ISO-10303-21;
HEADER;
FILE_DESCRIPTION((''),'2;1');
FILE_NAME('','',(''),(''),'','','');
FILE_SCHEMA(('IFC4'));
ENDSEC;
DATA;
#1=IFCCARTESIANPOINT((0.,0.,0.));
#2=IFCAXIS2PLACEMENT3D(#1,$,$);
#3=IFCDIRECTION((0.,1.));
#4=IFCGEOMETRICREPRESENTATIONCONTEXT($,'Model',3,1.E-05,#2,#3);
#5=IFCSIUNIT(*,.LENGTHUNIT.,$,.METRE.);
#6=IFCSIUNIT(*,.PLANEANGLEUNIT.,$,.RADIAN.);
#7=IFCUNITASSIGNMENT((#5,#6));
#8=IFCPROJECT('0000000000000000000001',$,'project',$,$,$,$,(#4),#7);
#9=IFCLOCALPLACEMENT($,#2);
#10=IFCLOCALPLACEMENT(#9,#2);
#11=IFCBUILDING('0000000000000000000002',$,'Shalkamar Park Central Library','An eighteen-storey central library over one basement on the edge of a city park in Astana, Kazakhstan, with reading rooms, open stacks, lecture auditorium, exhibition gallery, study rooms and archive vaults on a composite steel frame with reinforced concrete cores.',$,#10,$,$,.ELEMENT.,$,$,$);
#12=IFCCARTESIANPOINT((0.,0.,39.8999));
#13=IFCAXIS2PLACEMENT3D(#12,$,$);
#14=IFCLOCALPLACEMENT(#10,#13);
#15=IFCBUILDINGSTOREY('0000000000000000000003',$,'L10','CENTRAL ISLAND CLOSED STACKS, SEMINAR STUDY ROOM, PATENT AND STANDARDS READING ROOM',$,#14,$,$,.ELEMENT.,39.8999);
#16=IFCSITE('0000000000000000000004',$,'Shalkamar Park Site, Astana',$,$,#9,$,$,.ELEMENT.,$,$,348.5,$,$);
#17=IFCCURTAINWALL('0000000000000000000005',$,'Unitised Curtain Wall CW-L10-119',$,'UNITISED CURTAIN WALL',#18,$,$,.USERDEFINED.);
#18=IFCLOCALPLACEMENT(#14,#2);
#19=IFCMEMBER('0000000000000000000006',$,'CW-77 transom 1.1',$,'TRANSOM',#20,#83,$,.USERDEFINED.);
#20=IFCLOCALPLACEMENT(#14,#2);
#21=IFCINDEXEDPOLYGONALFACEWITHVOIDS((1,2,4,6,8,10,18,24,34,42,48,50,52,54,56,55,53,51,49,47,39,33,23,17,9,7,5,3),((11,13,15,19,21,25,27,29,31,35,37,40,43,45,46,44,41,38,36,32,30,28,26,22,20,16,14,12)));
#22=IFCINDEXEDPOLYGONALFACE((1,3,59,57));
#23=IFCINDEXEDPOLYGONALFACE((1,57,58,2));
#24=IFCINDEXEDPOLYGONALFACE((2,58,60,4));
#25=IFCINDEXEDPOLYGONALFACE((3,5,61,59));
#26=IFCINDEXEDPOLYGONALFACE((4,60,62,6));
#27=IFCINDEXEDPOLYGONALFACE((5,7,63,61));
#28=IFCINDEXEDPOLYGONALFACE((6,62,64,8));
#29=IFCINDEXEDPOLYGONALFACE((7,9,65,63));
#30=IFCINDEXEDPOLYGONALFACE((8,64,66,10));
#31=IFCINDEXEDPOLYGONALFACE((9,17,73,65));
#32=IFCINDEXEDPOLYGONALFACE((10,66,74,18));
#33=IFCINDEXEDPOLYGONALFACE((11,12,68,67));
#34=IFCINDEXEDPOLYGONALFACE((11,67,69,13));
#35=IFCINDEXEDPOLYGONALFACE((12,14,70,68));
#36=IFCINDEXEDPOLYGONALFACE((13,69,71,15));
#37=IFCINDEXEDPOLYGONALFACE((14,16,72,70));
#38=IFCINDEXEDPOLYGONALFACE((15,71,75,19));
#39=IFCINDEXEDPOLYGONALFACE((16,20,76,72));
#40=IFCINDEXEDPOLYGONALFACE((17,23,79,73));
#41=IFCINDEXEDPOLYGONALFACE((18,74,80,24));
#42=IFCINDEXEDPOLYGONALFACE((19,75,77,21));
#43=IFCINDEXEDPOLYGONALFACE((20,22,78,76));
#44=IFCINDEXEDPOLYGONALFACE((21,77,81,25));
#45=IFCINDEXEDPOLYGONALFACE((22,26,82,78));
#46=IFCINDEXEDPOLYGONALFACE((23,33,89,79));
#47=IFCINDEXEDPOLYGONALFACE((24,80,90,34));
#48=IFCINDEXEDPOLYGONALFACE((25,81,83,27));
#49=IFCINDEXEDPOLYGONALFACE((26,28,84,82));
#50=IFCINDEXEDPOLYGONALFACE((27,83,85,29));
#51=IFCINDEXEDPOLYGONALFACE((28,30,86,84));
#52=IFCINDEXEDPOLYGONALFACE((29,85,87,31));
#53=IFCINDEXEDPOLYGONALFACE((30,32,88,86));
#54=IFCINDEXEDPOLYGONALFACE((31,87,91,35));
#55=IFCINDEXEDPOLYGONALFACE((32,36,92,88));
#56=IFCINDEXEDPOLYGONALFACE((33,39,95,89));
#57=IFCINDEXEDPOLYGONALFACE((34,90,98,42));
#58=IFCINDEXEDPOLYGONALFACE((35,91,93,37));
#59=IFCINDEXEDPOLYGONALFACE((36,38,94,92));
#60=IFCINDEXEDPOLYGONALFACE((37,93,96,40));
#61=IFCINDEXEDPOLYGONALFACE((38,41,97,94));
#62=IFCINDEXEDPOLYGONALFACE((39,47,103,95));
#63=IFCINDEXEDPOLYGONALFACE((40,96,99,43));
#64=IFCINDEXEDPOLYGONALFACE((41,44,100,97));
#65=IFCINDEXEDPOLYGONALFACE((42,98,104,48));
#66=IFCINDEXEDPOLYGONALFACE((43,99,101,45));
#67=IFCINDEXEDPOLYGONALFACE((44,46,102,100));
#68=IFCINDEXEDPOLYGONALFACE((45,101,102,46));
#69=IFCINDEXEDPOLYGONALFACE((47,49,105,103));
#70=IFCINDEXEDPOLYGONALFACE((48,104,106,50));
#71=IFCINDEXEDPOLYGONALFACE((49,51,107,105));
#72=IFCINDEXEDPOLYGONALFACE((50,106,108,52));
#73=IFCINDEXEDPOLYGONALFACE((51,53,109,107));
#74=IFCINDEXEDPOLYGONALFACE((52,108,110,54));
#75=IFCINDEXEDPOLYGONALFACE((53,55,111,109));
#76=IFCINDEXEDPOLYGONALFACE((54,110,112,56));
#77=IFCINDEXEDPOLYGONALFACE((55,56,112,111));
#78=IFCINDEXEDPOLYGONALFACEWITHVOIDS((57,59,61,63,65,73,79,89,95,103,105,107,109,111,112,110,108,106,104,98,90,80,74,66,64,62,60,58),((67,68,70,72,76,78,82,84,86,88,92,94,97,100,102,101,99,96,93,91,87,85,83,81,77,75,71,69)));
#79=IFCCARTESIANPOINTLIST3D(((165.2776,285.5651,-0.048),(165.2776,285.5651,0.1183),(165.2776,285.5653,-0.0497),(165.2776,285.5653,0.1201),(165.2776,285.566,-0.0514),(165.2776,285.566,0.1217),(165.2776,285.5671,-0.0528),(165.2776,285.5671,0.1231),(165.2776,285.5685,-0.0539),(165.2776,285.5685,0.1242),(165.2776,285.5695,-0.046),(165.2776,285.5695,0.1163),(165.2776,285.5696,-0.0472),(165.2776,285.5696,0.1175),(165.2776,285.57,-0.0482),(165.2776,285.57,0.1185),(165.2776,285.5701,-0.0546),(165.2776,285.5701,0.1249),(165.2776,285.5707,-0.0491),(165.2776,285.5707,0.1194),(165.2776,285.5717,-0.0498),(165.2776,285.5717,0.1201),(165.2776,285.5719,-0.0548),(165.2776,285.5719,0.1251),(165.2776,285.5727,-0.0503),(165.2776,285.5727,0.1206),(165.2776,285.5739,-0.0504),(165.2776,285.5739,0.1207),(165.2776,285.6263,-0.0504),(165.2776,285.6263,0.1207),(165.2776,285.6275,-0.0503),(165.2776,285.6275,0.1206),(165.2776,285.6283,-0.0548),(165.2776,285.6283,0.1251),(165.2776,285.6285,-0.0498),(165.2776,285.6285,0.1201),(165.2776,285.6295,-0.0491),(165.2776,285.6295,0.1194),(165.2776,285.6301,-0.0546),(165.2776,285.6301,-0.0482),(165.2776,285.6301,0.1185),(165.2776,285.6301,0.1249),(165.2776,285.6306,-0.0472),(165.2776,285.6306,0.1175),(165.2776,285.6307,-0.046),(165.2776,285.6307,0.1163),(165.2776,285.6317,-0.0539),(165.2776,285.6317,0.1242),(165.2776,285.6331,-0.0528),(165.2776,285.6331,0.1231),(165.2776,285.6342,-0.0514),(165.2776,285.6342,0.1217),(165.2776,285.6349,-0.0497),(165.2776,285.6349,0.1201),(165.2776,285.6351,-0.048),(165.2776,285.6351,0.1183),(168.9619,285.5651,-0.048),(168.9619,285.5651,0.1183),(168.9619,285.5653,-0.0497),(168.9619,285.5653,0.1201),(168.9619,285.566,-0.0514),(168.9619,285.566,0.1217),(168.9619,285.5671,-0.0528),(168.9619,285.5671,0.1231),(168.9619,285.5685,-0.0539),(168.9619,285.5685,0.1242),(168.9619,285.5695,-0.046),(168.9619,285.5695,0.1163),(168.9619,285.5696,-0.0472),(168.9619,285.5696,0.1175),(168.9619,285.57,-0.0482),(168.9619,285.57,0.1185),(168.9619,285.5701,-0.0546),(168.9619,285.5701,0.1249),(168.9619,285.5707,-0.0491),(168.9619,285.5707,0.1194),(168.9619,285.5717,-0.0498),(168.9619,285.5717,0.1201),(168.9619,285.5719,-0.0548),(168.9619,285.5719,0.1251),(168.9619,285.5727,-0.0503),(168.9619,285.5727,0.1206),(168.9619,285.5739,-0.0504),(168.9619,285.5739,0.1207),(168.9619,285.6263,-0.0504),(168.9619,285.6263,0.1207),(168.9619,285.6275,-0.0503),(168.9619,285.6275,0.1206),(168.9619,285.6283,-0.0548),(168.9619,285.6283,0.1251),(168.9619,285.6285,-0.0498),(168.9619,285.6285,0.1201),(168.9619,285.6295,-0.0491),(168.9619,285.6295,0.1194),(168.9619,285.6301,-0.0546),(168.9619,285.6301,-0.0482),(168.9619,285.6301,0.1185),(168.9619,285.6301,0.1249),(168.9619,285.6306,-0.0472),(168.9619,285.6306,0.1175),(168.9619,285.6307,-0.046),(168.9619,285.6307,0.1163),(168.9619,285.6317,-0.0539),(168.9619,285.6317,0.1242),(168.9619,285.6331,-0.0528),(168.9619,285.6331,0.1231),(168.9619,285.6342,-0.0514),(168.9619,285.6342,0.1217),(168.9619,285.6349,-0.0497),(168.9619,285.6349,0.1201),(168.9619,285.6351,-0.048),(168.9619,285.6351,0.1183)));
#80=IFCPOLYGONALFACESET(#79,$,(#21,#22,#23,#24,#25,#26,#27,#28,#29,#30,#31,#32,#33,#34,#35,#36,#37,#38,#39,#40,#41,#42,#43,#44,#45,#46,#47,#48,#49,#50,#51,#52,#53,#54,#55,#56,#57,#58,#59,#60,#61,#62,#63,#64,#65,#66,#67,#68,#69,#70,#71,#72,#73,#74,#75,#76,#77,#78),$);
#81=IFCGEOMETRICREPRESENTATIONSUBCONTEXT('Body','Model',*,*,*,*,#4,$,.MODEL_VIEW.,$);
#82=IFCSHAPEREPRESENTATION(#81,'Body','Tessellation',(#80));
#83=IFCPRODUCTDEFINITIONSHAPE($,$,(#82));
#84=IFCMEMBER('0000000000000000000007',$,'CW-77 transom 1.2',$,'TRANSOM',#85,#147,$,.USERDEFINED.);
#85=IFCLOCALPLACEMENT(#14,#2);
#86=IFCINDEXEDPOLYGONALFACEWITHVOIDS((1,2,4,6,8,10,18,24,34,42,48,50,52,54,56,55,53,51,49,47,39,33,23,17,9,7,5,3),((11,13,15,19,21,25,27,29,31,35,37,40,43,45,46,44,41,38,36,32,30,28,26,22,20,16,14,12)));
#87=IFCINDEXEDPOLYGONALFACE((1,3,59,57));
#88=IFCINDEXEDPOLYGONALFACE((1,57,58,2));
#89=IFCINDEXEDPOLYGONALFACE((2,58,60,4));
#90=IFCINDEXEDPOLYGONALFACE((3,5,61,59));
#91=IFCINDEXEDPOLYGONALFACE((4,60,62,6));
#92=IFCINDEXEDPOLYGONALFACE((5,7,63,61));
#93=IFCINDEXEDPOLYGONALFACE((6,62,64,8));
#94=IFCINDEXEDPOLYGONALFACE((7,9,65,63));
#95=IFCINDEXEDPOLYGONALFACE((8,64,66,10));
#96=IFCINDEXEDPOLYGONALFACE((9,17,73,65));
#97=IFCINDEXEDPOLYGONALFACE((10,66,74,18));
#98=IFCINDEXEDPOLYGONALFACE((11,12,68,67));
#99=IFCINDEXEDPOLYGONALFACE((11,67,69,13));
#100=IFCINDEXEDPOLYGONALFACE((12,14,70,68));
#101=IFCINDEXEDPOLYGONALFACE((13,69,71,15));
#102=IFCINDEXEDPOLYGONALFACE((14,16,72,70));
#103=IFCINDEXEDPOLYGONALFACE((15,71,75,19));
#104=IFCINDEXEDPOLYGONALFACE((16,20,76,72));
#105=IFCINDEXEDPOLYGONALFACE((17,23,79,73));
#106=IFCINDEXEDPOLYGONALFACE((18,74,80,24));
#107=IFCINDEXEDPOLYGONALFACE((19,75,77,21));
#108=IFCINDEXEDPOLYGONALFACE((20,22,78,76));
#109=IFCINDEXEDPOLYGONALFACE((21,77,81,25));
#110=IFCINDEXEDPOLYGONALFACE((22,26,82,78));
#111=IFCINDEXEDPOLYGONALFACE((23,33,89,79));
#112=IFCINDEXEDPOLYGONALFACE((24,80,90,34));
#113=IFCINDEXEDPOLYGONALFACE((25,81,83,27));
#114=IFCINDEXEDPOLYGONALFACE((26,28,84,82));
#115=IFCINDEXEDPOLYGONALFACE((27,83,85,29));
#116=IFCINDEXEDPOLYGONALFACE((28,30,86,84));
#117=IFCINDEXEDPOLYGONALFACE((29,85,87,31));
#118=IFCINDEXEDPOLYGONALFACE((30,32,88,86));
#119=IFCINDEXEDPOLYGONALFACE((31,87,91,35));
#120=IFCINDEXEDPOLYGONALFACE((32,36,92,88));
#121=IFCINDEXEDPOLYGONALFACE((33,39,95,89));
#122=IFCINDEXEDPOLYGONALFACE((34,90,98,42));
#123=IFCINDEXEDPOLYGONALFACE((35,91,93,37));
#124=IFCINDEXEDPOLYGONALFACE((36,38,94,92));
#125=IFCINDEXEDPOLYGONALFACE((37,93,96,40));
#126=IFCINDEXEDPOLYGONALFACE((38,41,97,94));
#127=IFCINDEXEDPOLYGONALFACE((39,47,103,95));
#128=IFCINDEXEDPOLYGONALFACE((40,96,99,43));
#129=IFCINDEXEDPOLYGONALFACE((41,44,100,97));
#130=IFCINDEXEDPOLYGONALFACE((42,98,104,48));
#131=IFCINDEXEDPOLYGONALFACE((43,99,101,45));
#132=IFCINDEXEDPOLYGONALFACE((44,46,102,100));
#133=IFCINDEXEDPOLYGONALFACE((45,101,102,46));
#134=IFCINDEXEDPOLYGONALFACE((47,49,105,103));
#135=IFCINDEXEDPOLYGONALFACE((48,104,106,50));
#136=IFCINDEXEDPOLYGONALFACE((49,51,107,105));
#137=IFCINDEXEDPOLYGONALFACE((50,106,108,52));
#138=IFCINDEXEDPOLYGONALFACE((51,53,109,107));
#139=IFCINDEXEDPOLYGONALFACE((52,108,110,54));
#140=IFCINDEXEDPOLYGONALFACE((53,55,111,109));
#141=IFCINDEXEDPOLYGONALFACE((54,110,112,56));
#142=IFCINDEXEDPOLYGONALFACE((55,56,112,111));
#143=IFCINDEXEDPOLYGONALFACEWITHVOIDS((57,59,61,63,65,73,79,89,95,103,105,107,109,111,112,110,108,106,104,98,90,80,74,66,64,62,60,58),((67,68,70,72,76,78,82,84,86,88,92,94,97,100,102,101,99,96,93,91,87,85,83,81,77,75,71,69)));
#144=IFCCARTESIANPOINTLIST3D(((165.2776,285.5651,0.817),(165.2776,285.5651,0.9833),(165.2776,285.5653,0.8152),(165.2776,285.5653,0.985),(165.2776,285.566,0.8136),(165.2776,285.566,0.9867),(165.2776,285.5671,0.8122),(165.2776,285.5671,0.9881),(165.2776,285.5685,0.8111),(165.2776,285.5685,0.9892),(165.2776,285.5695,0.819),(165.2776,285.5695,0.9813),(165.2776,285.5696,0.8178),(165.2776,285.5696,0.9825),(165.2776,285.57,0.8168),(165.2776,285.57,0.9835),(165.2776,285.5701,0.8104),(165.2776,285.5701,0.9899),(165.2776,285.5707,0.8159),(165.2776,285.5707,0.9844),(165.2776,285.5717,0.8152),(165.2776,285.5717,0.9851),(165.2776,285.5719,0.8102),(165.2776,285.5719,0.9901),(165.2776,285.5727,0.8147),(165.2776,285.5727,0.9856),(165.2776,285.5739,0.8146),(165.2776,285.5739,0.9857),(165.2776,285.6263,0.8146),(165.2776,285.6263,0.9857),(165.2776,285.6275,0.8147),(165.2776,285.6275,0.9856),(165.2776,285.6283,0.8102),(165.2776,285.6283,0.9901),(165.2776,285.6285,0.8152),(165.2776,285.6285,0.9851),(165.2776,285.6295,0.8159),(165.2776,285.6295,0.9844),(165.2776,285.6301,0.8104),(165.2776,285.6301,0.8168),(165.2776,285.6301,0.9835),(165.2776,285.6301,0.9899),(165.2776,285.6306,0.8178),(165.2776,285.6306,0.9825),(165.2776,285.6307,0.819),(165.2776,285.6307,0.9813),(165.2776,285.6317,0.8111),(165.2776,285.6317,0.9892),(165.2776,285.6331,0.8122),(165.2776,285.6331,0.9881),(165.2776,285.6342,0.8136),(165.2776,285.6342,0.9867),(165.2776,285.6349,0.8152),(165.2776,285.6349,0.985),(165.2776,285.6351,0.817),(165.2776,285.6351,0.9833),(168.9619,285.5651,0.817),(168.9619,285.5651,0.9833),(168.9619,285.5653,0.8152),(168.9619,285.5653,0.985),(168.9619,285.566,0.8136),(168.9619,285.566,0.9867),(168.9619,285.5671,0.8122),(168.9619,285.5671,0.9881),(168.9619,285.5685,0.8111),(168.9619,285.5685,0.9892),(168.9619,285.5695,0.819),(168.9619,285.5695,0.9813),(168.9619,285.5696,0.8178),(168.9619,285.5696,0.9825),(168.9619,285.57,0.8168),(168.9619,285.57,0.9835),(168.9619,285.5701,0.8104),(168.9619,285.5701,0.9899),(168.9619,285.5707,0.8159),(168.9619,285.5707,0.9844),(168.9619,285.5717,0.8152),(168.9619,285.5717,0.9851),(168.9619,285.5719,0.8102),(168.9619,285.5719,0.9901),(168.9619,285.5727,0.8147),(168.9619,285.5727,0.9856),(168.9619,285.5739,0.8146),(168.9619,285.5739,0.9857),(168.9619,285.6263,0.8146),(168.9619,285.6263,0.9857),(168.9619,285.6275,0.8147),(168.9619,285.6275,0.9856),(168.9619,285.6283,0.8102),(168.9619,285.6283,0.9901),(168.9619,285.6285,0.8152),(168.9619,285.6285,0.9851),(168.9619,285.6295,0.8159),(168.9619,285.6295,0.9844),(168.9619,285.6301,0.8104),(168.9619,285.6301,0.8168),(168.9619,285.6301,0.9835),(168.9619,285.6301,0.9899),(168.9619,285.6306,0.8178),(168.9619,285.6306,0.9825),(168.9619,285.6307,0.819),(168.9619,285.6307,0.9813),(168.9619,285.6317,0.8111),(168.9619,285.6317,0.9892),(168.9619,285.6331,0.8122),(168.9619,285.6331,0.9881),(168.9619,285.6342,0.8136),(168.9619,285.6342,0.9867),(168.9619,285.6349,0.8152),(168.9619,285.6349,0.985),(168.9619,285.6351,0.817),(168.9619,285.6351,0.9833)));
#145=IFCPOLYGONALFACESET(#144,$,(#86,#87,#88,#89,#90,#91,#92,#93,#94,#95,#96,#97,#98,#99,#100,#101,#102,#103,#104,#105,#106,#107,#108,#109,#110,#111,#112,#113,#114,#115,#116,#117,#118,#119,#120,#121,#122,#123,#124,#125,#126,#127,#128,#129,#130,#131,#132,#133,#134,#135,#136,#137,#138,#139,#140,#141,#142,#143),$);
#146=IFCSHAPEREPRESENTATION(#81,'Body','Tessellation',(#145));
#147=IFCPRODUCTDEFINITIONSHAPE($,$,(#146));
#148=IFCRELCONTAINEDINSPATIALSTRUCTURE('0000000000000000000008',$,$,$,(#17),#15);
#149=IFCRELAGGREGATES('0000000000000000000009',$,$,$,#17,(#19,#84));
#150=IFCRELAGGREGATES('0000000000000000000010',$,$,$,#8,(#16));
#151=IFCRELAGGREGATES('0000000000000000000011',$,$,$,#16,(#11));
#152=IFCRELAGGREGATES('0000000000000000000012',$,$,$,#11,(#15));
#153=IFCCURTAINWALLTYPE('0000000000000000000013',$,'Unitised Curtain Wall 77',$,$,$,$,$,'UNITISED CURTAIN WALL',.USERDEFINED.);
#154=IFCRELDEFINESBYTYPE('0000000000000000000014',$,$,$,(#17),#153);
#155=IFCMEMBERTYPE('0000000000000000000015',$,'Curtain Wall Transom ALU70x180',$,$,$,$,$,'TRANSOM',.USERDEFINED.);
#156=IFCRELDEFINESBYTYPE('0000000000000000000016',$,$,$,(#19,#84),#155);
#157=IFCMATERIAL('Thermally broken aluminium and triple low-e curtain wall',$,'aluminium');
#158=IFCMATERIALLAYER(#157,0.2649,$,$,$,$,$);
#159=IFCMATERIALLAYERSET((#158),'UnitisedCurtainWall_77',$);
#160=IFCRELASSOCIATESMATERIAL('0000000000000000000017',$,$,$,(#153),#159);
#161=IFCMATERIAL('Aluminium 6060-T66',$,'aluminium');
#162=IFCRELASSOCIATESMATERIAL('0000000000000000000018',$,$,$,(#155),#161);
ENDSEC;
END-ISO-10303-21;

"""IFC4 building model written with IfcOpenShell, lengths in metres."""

from ifc_helpers import new_model, si_unit, direction, frame, origin, origin_2d, place, context, subcontext, project, spatial, hollow_rectangle, extrude, material, layer, layer_set, material_profile, profile_set, type_object, element, aggregate, save


model = new_model("IFC4")

# Units and contexts
model_context = context("Model", 3, precision=1e-05, world=origin(), true_north=direction((0.0, 1.0)))
body_context = subcontext(model_context, "Body", "Model", "MODEL_VIEW")
ifc_project = project(units=[si_unit("LENGTHUNIT", "METRE"), si_unit("PLANEANGLEUNIT", "RADIAN")], contexts=[model_context])

# Site, building, storey
site_placement = place(None, origin())
site = spatial("IfcSite", under=ifc_project, at=site_placement, Name="Shalkamar Park Site, Astana", CompositionType="ELEMENT", RefElevation=348.5)
building_placement = place(site_placement, origin())
building = spatial("IfcBuilding", under=site, at=building_placement, Name="Shalkamar Park Central Library", Description="An eighteen-storey central library over one basement on the edge of a city park in Astana, Kazakhstan, with reading rooms, open stacks, lecture auditorium, exhibition gallery, study rooms and archive vaults on a composite steel frame with reinforced concrete cores.", CompositionType="ELEMENT")
storey_placement = place(building_placement, frame((0.0, 0.0, 39.8999)))
storey = spatial("IfcBuildingStorey", under=building, at=storey_placement, Name="L10", Description="CENTRAL ISLAND CLOSED STACKS, SEMINAR STUDY ROOM, PATENT AND STANDARDS READING ROOM", CompositionType="ELEMENT", Elevation=39.8999)

# Curtain wall, members
ifc_material_1 = material(Name="Thermally broken aluminium and triple low-e curtain wall", Category="aluminium")
ifc_layer_1 = layer(ifc_material_1, 0.2649)
ifc_layer_set_1 = layer_set([ifc_layer_1], Name="UnitisedCurtainWall_77")
curtain_wall_type = type_object("IfcCurtainWallType", Name="Unitised Curtain Wall 77", ElementType="UNITISED CURTAIN WALL", PredefinedType="USERDEFINED", material=ifc_layer_set_1)
curtain_wall_placement = place(storey_placement, origin())
curtain_wall = element("IfcCurtainWall", 1, at=curtain_wall_placement, inside=storey, type_object=curtain_wall_type, Name="Unitised Curtain Wall CW-L10-119", ObjectType="UNITISED CURTAIN WALL", PredefinedType="USERDEFINED")
ifc_material_2 = material(Name="Aluminium 6060-T66", Category="aluminium")
ifc_material_profile_1 = material_profile(ifc_material_2, hollow_rectangle(XDim=0.0701, YDim=0.1799, WallThickness=0.0044, InnerFilletRadius=0.0044, OuterFilletRadius=0.0068, at=origin_2d()), Name="ALU 70x180x4.5")
ifc_profile_set_1 = profile_set([ifc_material_profile_1], Name="Aluminium 6060-T66")
member_type_1 = type_object("IfcMemberType", Name="Curtain Wall Transom ALU70x180", ElementType="TRANSOM", PredefinedType="USERDEFINED", material=ifc_profile_set_1)
member_1_placement = place(storey_placement, frame((165.2776, 285.6001, 0.0352), z_axis=(1.0, 0.0, 0.0), x_axis=(0.0, 1.0, 0.0)))
member_1 = element("IfcMember", 2, at=member_1_placement, type_object=member_type_1, Name="CW-77 transom 1.1", ObjectType="TRANSOM", PredefinedType="USERDEFINED", context=body_context, shape_type="SweptSolid", body=[
    extrude(hollow_rectangle(XDim=0.0701, YDim=0.1799, WallThickness=0.0044, InnerFilletRadius=0.0044, OuterFilletRadius=0.0068, at=origin_2d()), origin(), (0.0, 0.0, 1.0), 3.6843),
])
member_2_placement = place(storey_placement, frame((165.2776, 285.6001, 0.9001), z_axis=(1.0, 0.0, 0.0), x_axis=(0.0, 1.0, 0.0)))
member_2 = element("IfcMember", 3, at=member_2_placement, type_object=member_type_1, Name="CW-77 transom 1.2", ObjectType="TRANSOM", PredefinedType="USERDEFINED", context=body_context, shape_type="SweptSolid", body=[
    extrude(hollow_rectangle(XDim=0.0701, YDim=0.1799, WallThickness=0.0044, InnerFilletRadius=0.0044, OuterFilletRadius=0.0068, at=origin_2d()), origin(), (0.0, 0.0, 1.0), 3.6843),
])
aggregate(curtain_wall, [member_1, member_2])

save(model, "model.ifc")
